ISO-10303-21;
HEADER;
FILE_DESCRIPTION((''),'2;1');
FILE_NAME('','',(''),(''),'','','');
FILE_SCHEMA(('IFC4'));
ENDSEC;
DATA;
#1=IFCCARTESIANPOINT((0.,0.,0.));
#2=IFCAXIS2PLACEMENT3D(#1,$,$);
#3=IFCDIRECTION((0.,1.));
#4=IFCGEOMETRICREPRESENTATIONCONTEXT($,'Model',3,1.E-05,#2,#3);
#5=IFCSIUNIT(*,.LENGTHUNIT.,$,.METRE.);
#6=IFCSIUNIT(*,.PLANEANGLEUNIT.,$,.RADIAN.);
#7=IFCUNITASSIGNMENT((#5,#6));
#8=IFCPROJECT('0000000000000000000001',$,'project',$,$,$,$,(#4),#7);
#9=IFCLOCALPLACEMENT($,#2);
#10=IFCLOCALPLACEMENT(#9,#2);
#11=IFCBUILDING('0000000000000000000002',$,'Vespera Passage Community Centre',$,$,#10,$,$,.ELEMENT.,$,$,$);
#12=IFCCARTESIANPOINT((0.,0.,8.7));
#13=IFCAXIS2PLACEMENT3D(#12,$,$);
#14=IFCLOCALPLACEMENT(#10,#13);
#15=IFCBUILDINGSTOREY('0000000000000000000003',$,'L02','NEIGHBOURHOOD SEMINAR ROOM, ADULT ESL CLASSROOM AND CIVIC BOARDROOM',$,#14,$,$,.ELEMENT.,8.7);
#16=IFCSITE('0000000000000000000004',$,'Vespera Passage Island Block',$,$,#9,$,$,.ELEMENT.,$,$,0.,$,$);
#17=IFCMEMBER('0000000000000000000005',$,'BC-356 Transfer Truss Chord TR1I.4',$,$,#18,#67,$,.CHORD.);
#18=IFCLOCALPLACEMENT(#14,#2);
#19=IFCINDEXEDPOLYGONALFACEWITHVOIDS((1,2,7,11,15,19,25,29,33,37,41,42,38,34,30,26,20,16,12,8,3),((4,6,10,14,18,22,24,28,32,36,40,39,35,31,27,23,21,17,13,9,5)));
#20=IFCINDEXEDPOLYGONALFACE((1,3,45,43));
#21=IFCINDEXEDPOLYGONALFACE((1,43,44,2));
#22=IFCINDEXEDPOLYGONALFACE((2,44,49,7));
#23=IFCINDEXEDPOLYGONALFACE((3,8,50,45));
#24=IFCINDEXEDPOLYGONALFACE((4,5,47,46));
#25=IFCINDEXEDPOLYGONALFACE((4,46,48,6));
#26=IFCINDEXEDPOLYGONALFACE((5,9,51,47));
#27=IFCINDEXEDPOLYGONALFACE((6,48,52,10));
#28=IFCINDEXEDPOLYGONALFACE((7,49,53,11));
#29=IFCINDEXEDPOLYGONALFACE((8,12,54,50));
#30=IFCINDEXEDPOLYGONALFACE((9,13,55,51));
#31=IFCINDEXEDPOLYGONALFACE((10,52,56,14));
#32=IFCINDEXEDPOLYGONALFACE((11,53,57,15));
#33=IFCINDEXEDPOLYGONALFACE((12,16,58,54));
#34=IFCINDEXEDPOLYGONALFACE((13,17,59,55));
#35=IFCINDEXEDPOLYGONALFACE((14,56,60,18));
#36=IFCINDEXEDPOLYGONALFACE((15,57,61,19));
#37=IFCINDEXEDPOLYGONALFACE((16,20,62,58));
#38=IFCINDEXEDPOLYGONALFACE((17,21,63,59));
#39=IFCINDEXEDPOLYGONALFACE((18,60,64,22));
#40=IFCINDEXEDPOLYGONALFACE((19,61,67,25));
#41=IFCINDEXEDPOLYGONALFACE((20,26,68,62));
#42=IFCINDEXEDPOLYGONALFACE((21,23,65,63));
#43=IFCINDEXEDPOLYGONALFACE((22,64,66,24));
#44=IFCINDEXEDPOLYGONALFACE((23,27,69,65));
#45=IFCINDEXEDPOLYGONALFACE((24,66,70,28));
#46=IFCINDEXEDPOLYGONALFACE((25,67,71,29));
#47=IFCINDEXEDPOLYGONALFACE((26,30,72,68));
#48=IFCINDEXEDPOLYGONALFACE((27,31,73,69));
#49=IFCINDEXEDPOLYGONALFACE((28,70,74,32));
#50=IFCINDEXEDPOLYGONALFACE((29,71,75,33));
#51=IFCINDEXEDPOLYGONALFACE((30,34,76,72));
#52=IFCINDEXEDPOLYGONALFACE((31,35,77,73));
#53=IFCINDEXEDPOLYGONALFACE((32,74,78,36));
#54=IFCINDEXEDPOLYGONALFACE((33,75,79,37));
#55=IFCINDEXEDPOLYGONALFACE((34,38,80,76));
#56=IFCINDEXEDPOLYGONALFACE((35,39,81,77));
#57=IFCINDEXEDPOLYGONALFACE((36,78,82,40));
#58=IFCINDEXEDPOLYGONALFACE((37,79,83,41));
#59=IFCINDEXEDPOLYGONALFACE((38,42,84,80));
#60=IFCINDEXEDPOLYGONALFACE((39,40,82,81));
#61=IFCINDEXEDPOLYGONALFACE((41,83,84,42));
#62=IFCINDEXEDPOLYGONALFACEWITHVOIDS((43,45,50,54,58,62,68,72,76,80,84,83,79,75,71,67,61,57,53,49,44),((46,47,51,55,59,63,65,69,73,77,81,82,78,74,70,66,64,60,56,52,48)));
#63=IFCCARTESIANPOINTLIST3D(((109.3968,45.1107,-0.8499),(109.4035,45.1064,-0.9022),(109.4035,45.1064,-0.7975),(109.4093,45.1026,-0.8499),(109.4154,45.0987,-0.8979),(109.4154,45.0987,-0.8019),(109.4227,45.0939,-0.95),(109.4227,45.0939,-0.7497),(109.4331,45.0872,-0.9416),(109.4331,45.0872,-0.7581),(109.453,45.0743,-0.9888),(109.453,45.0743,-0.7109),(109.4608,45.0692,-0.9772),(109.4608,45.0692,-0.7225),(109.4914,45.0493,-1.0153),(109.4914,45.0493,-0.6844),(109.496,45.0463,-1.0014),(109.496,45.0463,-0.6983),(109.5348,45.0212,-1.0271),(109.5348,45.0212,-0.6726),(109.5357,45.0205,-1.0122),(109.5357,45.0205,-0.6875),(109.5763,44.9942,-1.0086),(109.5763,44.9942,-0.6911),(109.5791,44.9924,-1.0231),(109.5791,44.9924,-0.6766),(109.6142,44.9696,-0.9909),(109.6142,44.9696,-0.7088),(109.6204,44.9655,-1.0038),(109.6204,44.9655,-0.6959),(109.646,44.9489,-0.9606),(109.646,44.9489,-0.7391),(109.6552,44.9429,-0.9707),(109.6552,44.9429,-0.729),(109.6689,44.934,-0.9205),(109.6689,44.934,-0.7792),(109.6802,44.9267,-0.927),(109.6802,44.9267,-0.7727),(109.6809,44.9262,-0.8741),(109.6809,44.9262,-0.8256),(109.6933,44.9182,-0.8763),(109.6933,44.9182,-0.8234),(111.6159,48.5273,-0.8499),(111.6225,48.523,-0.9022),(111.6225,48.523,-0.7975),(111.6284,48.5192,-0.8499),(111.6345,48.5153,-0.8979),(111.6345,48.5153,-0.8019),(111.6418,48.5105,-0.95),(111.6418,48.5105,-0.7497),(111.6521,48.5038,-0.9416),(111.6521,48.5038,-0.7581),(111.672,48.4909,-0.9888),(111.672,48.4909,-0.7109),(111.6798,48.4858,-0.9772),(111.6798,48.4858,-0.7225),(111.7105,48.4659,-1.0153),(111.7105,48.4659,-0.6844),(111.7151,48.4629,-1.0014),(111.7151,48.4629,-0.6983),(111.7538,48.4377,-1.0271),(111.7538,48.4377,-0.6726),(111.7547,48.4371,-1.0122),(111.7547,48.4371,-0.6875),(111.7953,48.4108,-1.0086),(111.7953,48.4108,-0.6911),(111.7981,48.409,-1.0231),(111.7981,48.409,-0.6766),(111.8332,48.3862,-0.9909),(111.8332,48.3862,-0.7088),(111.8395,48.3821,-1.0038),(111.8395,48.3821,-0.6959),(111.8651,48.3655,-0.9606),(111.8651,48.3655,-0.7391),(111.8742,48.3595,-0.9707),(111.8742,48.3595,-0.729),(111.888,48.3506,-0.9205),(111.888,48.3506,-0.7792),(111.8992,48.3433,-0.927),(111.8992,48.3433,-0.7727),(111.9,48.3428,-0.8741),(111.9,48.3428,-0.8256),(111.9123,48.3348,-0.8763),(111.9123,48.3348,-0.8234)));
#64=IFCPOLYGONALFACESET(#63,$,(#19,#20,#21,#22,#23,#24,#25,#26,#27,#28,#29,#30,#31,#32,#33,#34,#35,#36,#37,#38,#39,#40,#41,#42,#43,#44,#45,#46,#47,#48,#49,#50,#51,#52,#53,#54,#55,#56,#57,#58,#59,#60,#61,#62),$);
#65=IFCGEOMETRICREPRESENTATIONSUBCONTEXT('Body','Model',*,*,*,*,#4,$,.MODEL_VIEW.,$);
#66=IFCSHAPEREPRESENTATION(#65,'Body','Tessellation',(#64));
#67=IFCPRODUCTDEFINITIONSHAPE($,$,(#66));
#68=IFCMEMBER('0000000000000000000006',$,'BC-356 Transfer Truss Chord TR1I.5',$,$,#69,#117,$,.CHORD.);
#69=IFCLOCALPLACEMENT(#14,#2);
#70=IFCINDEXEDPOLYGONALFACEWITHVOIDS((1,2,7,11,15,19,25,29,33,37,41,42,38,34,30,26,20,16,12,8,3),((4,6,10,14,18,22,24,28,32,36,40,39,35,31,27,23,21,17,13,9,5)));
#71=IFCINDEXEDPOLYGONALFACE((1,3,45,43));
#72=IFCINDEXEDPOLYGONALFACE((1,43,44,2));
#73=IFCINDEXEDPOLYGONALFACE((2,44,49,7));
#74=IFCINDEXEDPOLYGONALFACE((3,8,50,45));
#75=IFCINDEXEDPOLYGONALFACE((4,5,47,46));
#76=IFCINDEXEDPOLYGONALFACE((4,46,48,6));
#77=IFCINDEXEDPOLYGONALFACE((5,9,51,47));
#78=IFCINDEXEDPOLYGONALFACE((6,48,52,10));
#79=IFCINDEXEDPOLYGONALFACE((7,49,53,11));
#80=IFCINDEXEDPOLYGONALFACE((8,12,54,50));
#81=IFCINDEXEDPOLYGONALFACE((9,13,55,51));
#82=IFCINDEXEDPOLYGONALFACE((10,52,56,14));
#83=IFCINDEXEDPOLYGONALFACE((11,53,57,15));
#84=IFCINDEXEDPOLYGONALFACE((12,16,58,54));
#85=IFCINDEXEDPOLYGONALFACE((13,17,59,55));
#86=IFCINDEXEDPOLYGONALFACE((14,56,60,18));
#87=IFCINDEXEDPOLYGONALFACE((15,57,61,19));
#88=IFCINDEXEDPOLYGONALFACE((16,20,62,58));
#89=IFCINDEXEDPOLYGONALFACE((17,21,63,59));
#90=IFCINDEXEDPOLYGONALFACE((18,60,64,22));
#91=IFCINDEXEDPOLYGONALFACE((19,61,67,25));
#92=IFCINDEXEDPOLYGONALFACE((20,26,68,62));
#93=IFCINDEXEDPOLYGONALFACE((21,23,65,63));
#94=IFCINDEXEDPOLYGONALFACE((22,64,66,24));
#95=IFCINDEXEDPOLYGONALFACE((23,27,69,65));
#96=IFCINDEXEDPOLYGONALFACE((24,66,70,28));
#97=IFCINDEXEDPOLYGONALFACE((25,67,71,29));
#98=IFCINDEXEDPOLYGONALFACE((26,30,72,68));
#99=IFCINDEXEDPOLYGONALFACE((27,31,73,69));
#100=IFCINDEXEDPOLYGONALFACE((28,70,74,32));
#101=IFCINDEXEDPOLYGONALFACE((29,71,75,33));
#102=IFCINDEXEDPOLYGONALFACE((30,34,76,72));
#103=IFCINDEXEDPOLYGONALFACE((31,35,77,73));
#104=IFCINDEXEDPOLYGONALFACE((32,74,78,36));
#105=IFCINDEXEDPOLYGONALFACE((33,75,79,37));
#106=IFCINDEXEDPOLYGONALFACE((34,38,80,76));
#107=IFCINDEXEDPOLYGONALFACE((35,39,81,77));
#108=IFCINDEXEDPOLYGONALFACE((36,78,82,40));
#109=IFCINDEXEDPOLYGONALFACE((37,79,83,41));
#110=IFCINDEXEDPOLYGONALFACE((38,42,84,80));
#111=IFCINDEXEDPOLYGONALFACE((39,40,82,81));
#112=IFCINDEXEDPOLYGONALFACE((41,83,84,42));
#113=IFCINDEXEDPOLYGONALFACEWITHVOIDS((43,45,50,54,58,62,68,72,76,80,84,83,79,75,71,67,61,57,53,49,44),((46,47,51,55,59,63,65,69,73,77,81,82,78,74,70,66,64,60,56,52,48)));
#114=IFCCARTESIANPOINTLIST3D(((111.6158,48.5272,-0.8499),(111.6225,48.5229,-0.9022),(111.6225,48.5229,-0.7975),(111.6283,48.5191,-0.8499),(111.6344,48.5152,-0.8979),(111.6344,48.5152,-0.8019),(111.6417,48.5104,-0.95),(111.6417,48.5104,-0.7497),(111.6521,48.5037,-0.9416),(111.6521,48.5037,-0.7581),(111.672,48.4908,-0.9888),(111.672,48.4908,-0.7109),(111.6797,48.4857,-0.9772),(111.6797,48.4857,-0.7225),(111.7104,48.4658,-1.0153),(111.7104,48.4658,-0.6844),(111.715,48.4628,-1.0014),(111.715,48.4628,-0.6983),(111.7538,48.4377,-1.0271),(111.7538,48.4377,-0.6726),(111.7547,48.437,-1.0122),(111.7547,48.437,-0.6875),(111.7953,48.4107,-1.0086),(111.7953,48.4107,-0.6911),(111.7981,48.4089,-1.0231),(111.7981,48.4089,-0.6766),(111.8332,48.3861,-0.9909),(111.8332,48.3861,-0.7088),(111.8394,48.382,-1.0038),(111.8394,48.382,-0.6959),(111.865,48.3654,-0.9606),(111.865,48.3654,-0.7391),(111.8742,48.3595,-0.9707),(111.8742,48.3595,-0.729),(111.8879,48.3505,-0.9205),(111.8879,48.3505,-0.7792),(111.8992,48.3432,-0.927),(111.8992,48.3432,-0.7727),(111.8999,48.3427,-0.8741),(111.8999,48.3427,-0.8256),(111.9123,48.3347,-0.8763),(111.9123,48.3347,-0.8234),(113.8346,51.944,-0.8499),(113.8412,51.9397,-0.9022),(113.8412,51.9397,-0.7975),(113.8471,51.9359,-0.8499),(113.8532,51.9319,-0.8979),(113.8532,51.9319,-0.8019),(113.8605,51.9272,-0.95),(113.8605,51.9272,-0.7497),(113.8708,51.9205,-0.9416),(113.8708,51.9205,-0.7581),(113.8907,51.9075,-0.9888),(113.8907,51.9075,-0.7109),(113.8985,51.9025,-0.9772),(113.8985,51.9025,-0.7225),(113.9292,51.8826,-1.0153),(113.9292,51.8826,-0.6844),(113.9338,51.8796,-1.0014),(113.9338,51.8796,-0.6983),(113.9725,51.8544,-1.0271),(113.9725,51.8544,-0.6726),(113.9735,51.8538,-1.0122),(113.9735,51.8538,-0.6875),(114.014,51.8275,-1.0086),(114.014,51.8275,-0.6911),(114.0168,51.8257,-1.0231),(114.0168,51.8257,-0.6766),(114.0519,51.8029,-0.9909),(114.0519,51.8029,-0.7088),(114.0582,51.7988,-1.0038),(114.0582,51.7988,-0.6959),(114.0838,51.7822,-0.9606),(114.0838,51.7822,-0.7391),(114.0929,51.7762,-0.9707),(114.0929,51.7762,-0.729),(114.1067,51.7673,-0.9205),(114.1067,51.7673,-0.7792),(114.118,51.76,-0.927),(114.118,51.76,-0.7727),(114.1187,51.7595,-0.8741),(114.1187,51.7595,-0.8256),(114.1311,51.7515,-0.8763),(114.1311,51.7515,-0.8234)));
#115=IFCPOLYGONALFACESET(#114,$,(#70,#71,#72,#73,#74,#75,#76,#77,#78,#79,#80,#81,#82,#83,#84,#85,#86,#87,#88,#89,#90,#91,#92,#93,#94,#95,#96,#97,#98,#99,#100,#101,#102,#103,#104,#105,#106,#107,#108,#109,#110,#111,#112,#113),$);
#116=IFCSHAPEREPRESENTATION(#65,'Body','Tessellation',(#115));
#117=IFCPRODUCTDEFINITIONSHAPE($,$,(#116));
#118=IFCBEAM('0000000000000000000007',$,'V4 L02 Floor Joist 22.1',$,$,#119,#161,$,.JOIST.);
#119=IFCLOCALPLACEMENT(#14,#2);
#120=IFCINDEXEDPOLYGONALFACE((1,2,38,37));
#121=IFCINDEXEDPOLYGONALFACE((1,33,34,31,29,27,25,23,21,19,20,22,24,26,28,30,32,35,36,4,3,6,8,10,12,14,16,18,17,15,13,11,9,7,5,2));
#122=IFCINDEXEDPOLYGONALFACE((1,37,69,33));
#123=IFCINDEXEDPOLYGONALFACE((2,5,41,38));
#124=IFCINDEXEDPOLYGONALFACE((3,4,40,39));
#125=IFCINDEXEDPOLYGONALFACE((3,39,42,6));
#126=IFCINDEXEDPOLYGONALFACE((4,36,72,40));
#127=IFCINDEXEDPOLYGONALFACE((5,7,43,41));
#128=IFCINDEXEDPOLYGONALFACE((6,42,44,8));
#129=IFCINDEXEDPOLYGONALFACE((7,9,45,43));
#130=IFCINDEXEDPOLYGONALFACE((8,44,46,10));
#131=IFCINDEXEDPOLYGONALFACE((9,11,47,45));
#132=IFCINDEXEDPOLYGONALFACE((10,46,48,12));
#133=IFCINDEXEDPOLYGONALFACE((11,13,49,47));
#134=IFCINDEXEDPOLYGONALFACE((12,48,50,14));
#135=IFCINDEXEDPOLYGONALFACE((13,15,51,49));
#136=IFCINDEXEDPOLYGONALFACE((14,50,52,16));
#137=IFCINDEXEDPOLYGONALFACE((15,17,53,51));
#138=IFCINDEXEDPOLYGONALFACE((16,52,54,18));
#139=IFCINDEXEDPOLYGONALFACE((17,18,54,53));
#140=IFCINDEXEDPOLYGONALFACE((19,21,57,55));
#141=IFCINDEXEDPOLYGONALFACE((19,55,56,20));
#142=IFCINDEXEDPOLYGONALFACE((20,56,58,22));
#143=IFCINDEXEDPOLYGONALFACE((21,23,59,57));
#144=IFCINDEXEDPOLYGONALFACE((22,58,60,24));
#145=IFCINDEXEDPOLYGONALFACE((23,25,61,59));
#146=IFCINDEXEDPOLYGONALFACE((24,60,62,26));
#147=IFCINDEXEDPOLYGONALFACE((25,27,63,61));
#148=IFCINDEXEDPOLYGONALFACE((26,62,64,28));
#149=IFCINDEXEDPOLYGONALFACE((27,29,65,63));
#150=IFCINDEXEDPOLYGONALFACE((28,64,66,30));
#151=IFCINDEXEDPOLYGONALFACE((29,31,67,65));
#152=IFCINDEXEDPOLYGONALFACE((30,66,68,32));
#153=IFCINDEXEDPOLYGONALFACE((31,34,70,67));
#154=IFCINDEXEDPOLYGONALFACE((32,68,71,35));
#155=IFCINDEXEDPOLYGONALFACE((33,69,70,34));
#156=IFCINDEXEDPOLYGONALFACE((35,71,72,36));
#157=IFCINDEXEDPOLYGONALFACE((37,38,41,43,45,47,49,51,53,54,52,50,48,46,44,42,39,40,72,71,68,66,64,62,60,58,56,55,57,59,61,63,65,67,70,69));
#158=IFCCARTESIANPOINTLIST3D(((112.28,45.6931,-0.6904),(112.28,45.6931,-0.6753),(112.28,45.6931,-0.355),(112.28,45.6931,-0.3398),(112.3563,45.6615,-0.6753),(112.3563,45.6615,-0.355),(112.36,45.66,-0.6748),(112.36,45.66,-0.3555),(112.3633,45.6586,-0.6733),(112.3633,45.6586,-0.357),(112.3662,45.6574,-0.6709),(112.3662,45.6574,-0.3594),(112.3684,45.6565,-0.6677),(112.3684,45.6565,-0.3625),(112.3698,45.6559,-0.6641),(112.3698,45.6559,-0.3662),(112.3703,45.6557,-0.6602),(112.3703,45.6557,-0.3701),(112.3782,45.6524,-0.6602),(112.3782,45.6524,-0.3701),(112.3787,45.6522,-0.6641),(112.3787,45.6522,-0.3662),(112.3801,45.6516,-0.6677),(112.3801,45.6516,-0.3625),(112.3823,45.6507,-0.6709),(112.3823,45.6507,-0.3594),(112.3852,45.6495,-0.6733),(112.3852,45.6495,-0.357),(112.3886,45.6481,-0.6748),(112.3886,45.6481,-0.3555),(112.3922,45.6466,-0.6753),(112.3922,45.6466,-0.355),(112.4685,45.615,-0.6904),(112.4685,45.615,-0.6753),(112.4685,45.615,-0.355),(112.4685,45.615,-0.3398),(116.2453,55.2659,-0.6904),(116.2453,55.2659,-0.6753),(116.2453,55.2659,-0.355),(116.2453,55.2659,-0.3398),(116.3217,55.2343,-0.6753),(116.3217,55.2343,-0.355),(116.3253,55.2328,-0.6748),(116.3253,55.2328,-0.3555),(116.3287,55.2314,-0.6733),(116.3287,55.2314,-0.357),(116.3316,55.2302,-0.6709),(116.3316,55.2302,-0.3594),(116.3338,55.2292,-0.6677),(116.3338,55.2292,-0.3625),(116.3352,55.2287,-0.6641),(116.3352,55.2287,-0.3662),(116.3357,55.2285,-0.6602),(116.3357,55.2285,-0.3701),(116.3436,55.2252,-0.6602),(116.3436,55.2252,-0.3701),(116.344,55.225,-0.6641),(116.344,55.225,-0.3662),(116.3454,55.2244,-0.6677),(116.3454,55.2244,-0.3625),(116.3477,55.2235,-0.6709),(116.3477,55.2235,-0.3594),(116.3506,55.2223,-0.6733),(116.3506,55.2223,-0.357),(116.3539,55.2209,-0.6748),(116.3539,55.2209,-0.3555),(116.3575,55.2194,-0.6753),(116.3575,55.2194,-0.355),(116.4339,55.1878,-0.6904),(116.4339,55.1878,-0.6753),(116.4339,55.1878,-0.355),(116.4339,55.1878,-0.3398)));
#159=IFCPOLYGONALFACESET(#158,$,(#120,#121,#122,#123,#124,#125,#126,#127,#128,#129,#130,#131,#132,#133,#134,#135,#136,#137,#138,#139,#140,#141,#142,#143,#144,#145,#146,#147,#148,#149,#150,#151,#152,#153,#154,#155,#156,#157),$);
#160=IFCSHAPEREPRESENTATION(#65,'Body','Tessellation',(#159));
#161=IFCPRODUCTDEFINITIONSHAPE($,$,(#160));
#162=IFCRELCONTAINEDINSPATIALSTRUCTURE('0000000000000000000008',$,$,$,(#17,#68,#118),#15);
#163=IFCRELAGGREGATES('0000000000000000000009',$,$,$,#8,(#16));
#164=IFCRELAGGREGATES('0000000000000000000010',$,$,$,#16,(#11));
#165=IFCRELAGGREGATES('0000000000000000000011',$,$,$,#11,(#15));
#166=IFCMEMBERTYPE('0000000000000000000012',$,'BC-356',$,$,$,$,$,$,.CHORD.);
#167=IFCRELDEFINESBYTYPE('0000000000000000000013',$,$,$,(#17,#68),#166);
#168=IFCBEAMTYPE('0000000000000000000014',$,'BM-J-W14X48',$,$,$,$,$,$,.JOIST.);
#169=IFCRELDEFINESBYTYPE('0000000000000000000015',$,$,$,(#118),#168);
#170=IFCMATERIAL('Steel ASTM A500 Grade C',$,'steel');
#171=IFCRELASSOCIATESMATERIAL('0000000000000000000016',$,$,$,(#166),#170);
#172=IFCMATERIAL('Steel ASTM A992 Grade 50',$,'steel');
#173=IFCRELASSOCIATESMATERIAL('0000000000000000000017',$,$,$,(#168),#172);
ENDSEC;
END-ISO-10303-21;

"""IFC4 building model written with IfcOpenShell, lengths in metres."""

from ifc_helpers import new_model, si_unit, direction, frame, origin, origin_2d, place, context, subcontext, project, spatial, hollow_circle, i_section, extrude, material, material_profile, profile_set, type_object, element, save


model = new_model("IFC4")

# Units and contexts
model_context = context("Model", 3, precision=1e-05, world=origin(), true_north=direction((0.0, 1.0)))
body_context = subcontext(model_context, "Body", "Model", "MODEL_VIEW")
ifc_project = project(units=[si_unit("LENGTHUNIT", "METRE"), si_unit("PLANEANGLEUNIT", "RADIAN")], contexts=[model_context])

# Site, building, storey
site_placement = place(None, origin())
site = spatial("IfcSite", under=ifc_project, at=site_placement, Name="Vespera Passage Island Block", CompositionType="ELEMENT", RefElevation=0.0)
building_placement = place(site_placement, origin())
building = spatial("IfcBuilding", under=site, at=building_placement, Name="Vespera Passage Community Centre", CompositionType="ELEMENT")
storey_placement = place(building_placement, frame((0.0, 0.0, 8.7)))
storey = spatial("IfcBuildingStorey", under=building, at=storey_placement, Name="L02", Description="NEIGHBOURHOOD SEMINAR ROOM, ADULT ESL CLASSROOM AND CIVIC BOARDROOM", CompositionType="ELEMENT", Elevation=8.7)

# Members
ifc_material_1 = material(Name="Steel ASTM A500 Grade C", Category="steel")
ifc_material_profile_1 = material_profile(ifc_material_1, hollow_circle(Radius=0.1777, WallThickness=0.0149, at=origin_2d()), Name="CHS356X15.9")
ifc_profile_set_1 = profile_set([ifc_material_profile_1], Name="Steel ASTM A500 Grade C")
member_type_1 = type_object("IfcMemberType", Name="BC-356", PredefinedType="CHORD", material=ifc_profile_set_1)
for number, where, z_axis, x_axis, name in (
    (1, (109.5459, 45.0139, -0.8499), (0.544689, 0.838638, 0.0), (-0.838638, 0.544689, 0.0), "BC-356 Transfer Truss Chord TR1I.4"),
    (2, (111.7649, 48.4304, -0.8499), (0.54462, 0.838683, 0.0), (-0.838683, 0.54462, 0.0), "BC-356 Transfer Truss Chord TR1I.5"),
):
    element("IfcMember", number, at=place(storey_placement, frame(where, z_axis=z_axis, x_axis=x_axis)), inside=storey, type_object=member_type_1, Name=name, PredefinedType="CHORD", context=body_context, shape_type="SweptSolid", body=[
        extrude(hollow_circle(Radius=0.1777, WallThickness=0.0149, at=origin_2d()), origin(), (0.0, 0.0, 1.0), 4.074),
    ])

# Beam
ifc_material_2 = material(Name="Steel ASTM A992 Grade 50", Category="steel")
ifc_material_profile_2 = material_profile(ifc_material_2, i_section(OverallWidth=0.2041, OverallDepth=0.3506, WebThickness=0.0085, FlangeThickness=0.0151, FilletRadius=0.0151, at=origin_2d()), Name="W14X48")
ifc_profile_set_2 = profile_set([ifc_material_profile_2], Name="Steel ASTM A992 Grade 50")
beam_type_1 = type_object("IfcBeamType", Name="BM-J-W14X48", PredefinedType="JOIST", material=ifc_profile_set_2)
beam_1_placement = place(storey_placement, frame((112.3743, 45.6541, -0.5151), z_axis=(0.382697, 0.923874, 0.0), x_axis=(-0.923874, 0.382697, 0.0)))
element("IfcBeam", 3, at=beam_1_placement, inside=storey, type_object=beam_type_1, Name="V4 L02 Floor Joist 22.1", PredefinedType="JOIST", context=body_context, shape_type="SweptSolid", body=[
    extrude(i_section(OverallWidth=0.2041, OverallDepth=0.3506, WebThickness=0.0085, FlangeThickness=0.0151, FilletRadius=0.0151, at=origin_2d()), origin(), (0.0, 0.0, 1.0), 10.3616),
])

save(model, "model.ifc")
